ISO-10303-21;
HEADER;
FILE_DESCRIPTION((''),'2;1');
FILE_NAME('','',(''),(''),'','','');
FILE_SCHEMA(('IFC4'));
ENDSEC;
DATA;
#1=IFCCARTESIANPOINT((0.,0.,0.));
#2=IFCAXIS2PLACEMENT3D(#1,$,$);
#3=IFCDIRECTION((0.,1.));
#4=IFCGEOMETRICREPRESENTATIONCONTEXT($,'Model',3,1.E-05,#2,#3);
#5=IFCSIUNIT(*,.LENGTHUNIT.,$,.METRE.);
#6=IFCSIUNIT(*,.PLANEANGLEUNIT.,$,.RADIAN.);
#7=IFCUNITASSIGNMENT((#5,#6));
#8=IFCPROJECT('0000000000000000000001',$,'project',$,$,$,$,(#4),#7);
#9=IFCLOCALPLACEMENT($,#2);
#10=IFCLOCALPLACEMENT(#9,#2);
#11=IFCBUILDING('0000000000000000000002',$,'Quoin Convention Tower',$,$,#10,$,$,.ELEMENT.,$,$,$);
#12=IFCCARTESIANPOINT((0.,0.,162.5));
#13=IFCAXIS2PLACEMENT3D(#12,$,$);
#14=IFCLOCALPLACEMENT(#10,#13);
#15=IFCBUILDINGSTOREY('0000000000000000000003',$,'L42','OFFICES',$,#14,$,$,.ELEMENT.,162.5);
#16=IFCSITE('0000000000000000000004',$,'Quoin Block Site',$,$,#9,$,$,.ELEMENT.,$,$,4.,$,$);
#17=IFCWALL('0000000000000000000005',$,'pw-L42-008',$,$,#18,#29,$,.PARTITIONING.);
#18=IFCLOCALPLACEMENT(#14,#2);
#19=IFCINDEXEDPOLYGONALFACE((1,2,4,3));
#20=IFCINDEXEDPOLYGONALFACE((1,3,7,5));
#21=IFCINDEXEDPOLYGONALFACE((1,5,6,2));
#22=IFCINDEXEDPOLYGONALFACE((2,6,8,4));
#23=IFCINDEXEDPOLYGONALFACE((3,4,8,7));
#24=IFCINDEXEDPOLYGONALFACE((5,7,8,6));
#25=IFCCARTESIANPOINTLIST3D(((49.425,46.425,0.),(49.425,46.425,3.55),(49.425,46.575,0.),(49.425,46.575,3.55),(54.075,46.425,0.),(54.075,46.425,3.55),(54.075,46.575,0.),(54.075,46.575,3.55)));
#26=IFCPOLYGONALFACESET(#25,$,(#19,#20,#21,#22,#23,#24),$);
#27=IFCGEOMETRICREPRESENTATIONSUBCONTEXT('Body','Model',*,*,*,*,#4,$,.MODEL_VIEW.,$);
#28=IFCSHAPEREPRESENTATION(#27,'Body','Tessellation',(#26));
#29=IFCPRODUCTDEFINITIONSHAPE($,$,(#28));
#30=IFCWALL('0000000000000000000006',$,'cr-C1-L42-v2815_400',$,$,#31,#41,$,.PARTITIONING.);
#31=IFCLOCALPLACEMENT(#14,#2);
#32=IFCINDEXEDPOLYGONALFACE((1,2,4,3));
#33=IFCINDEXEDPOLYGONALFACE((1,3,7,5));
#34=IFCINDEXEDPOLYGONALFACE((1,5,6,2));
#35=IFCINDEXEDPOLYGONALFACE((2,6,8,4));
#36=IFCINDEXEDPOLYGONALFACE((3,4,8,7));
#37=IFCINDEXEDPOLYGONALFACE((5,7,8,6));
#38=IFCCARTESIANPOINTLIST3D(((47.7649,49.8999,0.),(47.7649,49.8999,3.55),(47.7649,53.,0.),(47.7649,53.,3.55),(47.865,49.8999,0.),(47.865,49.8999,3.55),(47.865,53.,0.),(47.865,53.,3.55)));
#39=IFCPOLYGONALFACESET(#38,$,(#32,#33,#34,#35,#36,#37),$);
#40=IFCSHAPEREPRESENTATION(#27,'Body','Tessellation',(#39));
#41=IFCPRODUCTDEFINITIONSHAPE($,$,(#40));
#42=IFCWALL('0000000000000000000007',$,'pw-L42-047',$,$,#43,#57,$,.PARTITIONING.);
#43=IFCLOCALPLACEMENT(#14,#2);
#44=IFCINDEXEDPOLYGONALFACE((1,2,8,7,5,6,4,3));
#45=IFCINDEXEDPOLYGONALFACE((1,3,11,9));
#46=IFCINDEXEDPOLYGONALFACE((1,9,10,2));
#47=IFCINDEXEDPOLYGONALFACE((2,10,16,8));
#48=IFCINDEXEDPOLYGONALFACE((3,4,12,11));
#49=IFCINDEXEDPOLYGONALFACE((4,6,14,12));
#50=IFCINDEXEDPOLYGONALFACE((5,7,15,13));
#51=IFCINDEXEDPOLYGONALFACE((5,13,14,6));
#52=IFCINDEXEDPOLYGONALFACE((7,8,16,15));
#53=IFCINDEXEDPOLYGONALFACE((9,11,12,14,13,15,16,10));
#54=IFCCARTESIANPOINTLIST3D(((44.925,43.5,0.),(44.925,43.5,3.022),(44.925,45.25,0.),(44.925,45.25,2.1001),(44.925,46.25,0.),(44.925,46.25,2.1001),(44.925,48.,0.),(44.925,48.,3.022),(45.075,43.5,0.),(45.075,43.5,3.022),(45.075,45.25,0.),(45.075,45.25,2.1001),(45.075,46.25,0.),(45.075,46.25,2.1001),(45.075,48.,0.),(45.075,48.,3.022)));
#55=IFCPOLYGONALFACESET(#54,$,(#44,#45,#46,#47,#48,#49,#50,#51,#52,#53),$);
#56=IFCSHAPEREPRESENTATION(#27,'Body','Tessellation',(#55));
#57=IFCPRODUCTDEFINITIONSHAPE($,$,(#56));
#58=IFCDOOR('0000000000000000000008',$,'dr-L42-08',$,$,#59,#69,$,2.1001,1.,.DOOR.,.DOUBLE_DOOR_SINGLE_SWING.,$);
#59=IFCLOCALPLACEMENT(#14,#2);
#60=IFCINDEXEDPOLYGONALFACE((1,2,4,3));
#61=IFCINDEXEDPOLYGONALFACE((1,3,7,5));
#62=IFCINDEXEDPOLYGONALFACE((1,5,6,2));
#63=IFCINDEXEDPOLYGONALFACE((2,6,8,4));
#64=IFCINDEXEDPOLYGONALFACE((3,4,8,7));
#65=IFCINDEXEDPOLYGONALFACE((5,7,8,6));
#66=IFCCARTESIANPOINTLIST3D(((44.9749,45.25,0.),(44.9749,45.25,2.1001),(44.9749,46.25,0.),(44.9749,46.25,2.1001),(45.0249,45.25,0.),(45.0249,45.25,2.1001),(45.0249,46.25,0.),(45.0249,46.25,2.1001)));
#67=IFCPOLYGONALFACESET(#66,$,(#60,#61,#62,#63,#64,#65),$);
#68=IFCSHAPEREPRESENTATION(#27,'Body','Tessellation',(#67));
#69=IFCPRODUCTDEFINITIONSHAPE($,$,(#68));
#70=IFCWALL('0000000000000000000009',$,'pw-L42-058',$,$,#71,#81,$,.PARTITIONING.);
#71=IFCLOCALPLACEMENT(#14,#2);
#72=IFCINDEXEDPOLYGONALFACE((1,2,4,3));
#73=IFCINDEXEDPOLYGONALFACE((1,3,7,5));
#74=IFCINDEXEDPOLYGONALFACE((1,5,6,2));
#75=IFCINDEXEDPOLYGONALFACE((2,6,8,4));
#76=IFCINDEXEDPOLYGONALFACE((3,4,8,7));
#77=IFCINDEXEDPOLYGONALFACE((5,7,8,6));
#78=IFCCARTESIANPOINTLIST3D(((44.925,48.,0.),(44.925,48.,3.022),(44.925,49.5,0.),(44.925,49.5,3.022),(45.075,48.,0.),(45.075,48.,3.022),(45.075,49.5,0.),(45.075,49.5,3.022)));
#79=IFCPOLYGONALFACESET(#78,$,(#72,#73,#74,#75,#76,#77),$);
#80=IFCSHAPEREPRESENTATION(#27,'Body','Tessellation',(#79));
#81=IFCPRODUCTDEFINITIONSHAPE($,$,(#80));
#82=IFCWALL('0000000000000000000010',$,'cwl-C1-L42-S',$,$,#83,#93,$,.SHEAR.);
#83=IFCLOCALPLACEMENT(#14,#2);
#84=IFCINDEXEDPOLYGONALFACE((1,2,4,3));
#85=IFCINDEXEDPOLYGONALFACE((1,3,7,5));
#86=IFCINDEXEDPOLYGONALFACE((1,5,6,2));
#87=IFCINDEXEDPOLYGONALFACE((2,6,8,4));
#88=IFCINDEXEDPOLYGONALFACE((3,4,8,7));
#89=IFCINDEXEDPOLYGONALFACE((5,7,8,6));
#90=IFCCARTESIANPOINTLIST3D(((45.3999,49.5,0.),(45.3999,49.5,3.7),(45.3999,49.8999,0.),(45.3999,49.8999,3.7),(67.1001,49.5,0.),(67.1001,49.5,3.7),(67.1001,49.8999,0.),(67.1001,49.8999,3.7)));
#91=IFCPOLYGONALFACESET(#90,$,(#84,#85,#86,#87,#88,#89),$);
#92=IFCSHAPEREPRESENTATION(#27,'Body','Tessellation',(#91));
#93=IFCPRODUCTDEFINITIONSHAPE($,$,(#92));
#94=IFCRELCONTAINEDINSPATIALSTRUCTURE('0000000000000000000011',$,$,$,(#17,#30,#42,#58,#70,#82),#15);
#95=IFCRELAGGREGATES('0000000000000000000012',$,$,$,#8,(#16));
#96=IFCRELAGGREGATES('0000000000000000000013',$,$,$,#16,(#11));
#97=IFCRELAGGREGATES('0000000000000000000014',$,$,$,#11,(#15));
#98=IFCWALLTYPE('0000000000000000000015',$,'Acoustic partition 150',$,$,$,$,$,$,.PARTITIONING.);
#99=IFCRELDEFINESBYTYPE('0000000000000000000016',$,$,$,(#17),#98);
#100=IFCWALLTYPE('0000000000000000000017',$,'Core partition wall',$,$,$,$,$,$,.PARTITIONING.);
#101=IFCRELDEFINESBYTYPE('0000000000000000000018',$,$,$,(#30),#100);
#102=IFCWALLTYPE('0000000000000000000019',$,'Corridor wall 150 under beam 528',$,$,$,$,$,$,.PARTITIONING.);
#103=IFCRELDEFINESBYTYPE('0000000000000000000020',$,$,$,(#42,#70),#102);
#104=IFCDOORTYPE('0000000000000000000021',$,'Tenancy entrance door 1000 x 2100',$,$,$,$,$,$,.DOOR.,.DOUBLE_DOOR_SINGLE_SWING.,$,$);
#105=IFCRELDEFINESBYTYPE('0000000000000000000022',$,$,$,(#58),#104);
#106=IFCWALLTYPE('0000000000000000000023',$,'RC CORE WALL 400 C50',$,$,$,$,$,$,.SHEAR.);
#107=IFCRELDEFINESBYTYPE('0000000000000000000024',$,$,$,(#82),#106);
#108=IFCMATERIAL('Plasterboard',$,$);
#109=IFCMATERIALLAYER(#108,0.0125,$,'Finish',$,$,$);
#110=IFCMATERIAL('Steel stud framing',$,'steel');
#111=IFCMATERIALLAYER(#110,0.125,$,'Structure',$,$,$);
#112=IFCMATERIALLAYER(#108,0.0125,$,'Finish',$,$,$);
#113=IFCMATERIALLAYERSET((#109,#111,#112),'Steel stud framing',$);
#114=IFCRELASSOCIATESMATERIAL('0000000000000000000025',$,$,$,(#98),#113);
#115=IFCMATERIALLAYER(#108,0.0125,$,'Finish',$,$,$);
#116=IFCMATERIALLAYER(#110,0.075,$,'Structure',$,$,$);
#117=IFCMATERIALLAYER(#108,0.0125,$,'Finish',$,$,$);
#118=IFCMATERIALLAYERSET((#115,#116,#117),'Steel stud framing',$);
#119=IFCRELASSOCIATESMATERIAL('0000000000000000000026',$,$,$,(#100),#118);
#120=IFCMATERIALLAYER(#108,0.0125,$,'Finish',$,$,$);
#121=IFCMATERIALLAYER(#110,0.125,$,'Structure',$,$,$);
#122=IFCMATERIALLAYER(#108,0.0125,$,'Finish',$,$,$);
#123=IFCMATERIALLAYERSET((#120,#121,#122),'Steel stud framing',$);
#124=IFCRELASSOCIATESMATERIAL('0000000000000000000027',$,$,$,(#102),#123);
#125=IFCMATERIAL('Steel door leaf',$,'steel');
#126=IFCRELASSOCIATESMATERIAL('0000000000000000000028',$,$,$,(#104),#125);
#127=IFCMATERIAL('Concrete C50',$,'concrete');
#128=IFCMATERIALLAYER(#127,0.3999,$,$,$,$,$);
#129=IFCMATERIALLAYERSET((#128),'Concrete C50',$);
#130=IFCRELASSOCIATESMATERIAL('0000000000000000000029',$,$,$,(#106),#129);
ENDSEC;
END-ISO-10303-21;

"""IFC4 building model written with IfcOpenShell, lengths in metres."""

from ifc_helpers import new_model, si_unit, direction, frame, frame_2d, origin, place, context, subcontext, project, spatial, rectangle, extrude, material, layer, layer_set, type_object, element, fill, save


model = new_model("IFC4")

# Units and contexts
model_context = context("Model", 3, precision=1e-05, world=origin(), true_north=direction((0.0, 1.0)))
body_context = subcontext(model_context, "Body", "Model", "MODEL_VIEW")
ifc_project = project(units=[si_unit("LENGTHUNIT", "METRE"), si_unit("PLANEANGLEUNIT", "RADIAN")], contexts=[model_context])

# Site, building, storey
site_placement = place(None, origin())
site = spatial("IfcSite", under=ifc_project, at=site_placement, Name="Quoin Block Site", CompositionType="ELEMENT", RefElevation=4.0)
building_placement = place(site_placement, origin())
building = spatial("IfcBuilding", under=site, at=building_placement, Name="Quoin Convention Tower", CompositionType="ELEMENT")
storey_placement = place(building_placement, frame((0.0, 0.0, 162.5)))
storey = spatial("IfcBuildingStorey", under=building, at=storey_placement, Name="L42", Description="OFFICES", CompositionType="ELEMENT", Elevation=162.5)

# Wall
ifc_material_1 = material(Name="Plasterboard")
ifc_layer_1 = layer(ifc_material_1, 0.0125, Name="Finish")
ifc_material_2 = material(Name="Steel stud framing", Category="steel")
ifc_layer_2 = layer(ifc_material_2, 0.125, Name="Structure")
ifc_layer_3 = layer(ifc_material_1, 0.0125, Name="Finish")
ifc_layer_set_1 = layer_set([ifc_layer_1, ifc_layer_2, ifc_layer_3], Name="Steel stud framing")
wall_type_1 = type_object("IfcWallType", Name="Acoustic partition 150", PredefinedType="PARTITIONING", material=ifc_layer_set_1)
wall_1_placement = place(storey_placement, frame((49.425, 46.5, 0.0), z_axis=(0.0, 0.0, 1.0), x_axis=(1.0, 0.0, 0.0)))
element("IfcWall", 1, at=wall_1_placement, inside=storey, type_object=wall_type_1, Name="pw-L42-008", PredefinedType="PARTITIONING", context=body_context, shape_type="SweptSolid", body=[
    extrude(rectangle(XDim=4.6499, YDim=0.1499, at=frame_2d((2.325, 0.0))), origin(), (0.0, 0.0, 1.0), 3.55),
])

# Shared definitions
ifc_layer_4 = layer(ifc_material_1, 0.0125, Name="Finish")
ifc_layer_5 = layer(ifc_material_2, 0.075, Name="Structure")
ifc_layer_6 = layer(ifc_material_1, 0.0125, Name="Finish")
ifc_layer_set_2 = layer_set([ifc_layer_4, ifc_layer_5, ifc_layer_6], Name="Steel stud framing")
wall_type_2 = type_object("IfcWallType", Name="Core partition wall", PredefinedType="PARTITIONING", material=ifc_layer_set_2)
ifc_material_3 = material(Name="Steel door leaf", Category="steel")

# Wall
wall_2_placement = place(storey_placement, frame((47.8149, 49.8999, 0.0), z_axis=(0.0, 0.0, 1.0), x_axis=(0.0, 1.0, 0.0)))
element("IfcWall", 2, at=wall_2_placement, inside=storey, type_object=wall_type_2, Name="cr-C1-L42-v2815_400", PredefinedType="PARTITIONING", context=body_context, shape_type="SweptSolid", body=[
    extrude(rectangle(XDim=3.1001, YDim=0.1001, at=frame_2d((1.55, 0.0))), origin(), (0.0, 0.0, 1.0), 3.55),
])

# Wall, opening, door
ifc_layer_7 = layer(ifc_material_1, 0.0125, Name="Finish")
ifc_layer_8 = layer(ifc_material_2, 0.125, Name="Structure")
ifc_layer_9 = layer(ifc_material_1, 0.0125, Name="Finish")
ifc_layer_set_3 = layer_set([ifc_layer_7, ifc_layer_8, ifc_layer_9], Name="Steel stud framing")
wall_type_3 = type_object("IfcWallType", Name="Corridor wall 150 under beam 528", PredefinedType="PARTITIONING", material=ifc_layer_set_3)
wall_3_placement = place(storey_placement, frame((45.0, 43.5, 0.0), z_axis=(0.0, 0.0, 1.0), x_axis=(0.0, 1.0, 0.0)))
wall_3 = element("IfcWall", 3, at=wall_3_placement, inside=storey, type_object=wall_type_3, Name="pw-L42-047", PredefinedType="PARTITIONING", context=body_context, shape_type="SweptSolid", body=[
    extrude(rectangle(XDim=4.5, YDim=0.1499, at=frame_2d((2.25, 0.0))), origin(), (0.0, 0.0, 1.0), 3.022),
])
opening_1_placement = place(wall_3_placement, frame((1.75, 0.0, 0.0)))
opening_1 = element("IfcOpeningElement", 4, at=opening_1_placement, cuts=wall_3, PredefinedType="OPENING", context=body_context, shape_type="SweptSolid", body=[
    extrude(rectangle(XDim=1.0, YDim=2.1001, at=frame_2d((0.5, 1.05))), frame((0.0, 0.085, 0.0), z_axis=(0.0, -1.0, 0.0), x_axis=(1.0, 0.0, 0.0)), (0.0, 0.0, 1.0), 0.1699),
])
door_type_1 = type_object("IfcDoorType", Name="Tenancy entrance door 1000 x 2100", OperationType="DOUBLE_DOOR_SINGLE_SWING", PredefinedType="DOOR", material=ifc_material_3)
door_1_placement = place(opening_1_placement, frame((1.0, 0.0, 0.0), z_axis=(0.0, 0.0, 1.0), x_axis=(-1.0, 0.0, 0.0)))
door_1 = element("IfcDoor", 5, at=door_1_placement, inside=storey, type_object=door_type_1, Name="dr-L42-08", OperationType="DOUBLE_DOOR_SINGLE_SWING", OverallHeight=2.1001, OverallWidth=1.0, PredefinedType="DOOR", context=body_context, shape_type="SweptSolid", body=[
    extrude(rectangle(XDim=1.0, YDim=2.1001, at=frame_2d((0.5, 1.05))), frame((0.0, 0.0249, 0.0), z_axis=(0.0, -1.0, 0.0), x_axis=(1.0, 0.0, 0.0)), (0.0, 0.0, 1.0), 0.05),
])
fill(opening_1, door_1)

# Walls
wall_4_placement = place(storey_placement, frame((45.0, 48.0, 0.0), z_axis=(0.0, 0.0, 1.0), x_axis=(0.0, 1.0, 0.0)))
element("IfcWall", 6, at=wall_4_placement, inside=storey, type_object=wall_type_3, Name="pw-L42-058", PredefinedType="PARTITIONING", context=body_context, shape_type="SweptSolid", body=[
    extrude(rectangle(XDim=1.5, YDim=0.1499, at=frame_2d((0.75, 0.0))), origin(), (0.0, 0.0, 1.0), 3.022),
])
ifc_material_4 = material(Name="Concrete C50", Category="concrete")
ifc_layer_10 = layer(ifc_material_4, 0.3999)
ifc_layer_set_4 = layer_set([ifc_layer_10], Name="Concrete C50")
wall_type_4 = type_object("IfcWallType", Name="RC CORE WALL 400 C50", PredefinedType="SHEAR", material=ifc_layer_set_4)
wall_5_placement = place(storey_placement, frame((45.3999, 49.7, 0.0), z_axis=(0.0, 0.0, 1.0), x_axis=(1.0, 0.0, 0.0)))
element("IfcWall", 7, at=wall_5_placement, inside=storey, type_object=wall_type_4, Name="cwl-C1-L42-S", PredefinedType="SHEAR", context=body_context, shape_type="SweptSolid", body=[
    extrude(rectangle(XDim=21.7002, YDim=0.3999, at=frame_2d((10.8501, 0.0))), origin(), (0.0, 0.0, 1.0), 3.7),
])

save(model, "model.ifc")
